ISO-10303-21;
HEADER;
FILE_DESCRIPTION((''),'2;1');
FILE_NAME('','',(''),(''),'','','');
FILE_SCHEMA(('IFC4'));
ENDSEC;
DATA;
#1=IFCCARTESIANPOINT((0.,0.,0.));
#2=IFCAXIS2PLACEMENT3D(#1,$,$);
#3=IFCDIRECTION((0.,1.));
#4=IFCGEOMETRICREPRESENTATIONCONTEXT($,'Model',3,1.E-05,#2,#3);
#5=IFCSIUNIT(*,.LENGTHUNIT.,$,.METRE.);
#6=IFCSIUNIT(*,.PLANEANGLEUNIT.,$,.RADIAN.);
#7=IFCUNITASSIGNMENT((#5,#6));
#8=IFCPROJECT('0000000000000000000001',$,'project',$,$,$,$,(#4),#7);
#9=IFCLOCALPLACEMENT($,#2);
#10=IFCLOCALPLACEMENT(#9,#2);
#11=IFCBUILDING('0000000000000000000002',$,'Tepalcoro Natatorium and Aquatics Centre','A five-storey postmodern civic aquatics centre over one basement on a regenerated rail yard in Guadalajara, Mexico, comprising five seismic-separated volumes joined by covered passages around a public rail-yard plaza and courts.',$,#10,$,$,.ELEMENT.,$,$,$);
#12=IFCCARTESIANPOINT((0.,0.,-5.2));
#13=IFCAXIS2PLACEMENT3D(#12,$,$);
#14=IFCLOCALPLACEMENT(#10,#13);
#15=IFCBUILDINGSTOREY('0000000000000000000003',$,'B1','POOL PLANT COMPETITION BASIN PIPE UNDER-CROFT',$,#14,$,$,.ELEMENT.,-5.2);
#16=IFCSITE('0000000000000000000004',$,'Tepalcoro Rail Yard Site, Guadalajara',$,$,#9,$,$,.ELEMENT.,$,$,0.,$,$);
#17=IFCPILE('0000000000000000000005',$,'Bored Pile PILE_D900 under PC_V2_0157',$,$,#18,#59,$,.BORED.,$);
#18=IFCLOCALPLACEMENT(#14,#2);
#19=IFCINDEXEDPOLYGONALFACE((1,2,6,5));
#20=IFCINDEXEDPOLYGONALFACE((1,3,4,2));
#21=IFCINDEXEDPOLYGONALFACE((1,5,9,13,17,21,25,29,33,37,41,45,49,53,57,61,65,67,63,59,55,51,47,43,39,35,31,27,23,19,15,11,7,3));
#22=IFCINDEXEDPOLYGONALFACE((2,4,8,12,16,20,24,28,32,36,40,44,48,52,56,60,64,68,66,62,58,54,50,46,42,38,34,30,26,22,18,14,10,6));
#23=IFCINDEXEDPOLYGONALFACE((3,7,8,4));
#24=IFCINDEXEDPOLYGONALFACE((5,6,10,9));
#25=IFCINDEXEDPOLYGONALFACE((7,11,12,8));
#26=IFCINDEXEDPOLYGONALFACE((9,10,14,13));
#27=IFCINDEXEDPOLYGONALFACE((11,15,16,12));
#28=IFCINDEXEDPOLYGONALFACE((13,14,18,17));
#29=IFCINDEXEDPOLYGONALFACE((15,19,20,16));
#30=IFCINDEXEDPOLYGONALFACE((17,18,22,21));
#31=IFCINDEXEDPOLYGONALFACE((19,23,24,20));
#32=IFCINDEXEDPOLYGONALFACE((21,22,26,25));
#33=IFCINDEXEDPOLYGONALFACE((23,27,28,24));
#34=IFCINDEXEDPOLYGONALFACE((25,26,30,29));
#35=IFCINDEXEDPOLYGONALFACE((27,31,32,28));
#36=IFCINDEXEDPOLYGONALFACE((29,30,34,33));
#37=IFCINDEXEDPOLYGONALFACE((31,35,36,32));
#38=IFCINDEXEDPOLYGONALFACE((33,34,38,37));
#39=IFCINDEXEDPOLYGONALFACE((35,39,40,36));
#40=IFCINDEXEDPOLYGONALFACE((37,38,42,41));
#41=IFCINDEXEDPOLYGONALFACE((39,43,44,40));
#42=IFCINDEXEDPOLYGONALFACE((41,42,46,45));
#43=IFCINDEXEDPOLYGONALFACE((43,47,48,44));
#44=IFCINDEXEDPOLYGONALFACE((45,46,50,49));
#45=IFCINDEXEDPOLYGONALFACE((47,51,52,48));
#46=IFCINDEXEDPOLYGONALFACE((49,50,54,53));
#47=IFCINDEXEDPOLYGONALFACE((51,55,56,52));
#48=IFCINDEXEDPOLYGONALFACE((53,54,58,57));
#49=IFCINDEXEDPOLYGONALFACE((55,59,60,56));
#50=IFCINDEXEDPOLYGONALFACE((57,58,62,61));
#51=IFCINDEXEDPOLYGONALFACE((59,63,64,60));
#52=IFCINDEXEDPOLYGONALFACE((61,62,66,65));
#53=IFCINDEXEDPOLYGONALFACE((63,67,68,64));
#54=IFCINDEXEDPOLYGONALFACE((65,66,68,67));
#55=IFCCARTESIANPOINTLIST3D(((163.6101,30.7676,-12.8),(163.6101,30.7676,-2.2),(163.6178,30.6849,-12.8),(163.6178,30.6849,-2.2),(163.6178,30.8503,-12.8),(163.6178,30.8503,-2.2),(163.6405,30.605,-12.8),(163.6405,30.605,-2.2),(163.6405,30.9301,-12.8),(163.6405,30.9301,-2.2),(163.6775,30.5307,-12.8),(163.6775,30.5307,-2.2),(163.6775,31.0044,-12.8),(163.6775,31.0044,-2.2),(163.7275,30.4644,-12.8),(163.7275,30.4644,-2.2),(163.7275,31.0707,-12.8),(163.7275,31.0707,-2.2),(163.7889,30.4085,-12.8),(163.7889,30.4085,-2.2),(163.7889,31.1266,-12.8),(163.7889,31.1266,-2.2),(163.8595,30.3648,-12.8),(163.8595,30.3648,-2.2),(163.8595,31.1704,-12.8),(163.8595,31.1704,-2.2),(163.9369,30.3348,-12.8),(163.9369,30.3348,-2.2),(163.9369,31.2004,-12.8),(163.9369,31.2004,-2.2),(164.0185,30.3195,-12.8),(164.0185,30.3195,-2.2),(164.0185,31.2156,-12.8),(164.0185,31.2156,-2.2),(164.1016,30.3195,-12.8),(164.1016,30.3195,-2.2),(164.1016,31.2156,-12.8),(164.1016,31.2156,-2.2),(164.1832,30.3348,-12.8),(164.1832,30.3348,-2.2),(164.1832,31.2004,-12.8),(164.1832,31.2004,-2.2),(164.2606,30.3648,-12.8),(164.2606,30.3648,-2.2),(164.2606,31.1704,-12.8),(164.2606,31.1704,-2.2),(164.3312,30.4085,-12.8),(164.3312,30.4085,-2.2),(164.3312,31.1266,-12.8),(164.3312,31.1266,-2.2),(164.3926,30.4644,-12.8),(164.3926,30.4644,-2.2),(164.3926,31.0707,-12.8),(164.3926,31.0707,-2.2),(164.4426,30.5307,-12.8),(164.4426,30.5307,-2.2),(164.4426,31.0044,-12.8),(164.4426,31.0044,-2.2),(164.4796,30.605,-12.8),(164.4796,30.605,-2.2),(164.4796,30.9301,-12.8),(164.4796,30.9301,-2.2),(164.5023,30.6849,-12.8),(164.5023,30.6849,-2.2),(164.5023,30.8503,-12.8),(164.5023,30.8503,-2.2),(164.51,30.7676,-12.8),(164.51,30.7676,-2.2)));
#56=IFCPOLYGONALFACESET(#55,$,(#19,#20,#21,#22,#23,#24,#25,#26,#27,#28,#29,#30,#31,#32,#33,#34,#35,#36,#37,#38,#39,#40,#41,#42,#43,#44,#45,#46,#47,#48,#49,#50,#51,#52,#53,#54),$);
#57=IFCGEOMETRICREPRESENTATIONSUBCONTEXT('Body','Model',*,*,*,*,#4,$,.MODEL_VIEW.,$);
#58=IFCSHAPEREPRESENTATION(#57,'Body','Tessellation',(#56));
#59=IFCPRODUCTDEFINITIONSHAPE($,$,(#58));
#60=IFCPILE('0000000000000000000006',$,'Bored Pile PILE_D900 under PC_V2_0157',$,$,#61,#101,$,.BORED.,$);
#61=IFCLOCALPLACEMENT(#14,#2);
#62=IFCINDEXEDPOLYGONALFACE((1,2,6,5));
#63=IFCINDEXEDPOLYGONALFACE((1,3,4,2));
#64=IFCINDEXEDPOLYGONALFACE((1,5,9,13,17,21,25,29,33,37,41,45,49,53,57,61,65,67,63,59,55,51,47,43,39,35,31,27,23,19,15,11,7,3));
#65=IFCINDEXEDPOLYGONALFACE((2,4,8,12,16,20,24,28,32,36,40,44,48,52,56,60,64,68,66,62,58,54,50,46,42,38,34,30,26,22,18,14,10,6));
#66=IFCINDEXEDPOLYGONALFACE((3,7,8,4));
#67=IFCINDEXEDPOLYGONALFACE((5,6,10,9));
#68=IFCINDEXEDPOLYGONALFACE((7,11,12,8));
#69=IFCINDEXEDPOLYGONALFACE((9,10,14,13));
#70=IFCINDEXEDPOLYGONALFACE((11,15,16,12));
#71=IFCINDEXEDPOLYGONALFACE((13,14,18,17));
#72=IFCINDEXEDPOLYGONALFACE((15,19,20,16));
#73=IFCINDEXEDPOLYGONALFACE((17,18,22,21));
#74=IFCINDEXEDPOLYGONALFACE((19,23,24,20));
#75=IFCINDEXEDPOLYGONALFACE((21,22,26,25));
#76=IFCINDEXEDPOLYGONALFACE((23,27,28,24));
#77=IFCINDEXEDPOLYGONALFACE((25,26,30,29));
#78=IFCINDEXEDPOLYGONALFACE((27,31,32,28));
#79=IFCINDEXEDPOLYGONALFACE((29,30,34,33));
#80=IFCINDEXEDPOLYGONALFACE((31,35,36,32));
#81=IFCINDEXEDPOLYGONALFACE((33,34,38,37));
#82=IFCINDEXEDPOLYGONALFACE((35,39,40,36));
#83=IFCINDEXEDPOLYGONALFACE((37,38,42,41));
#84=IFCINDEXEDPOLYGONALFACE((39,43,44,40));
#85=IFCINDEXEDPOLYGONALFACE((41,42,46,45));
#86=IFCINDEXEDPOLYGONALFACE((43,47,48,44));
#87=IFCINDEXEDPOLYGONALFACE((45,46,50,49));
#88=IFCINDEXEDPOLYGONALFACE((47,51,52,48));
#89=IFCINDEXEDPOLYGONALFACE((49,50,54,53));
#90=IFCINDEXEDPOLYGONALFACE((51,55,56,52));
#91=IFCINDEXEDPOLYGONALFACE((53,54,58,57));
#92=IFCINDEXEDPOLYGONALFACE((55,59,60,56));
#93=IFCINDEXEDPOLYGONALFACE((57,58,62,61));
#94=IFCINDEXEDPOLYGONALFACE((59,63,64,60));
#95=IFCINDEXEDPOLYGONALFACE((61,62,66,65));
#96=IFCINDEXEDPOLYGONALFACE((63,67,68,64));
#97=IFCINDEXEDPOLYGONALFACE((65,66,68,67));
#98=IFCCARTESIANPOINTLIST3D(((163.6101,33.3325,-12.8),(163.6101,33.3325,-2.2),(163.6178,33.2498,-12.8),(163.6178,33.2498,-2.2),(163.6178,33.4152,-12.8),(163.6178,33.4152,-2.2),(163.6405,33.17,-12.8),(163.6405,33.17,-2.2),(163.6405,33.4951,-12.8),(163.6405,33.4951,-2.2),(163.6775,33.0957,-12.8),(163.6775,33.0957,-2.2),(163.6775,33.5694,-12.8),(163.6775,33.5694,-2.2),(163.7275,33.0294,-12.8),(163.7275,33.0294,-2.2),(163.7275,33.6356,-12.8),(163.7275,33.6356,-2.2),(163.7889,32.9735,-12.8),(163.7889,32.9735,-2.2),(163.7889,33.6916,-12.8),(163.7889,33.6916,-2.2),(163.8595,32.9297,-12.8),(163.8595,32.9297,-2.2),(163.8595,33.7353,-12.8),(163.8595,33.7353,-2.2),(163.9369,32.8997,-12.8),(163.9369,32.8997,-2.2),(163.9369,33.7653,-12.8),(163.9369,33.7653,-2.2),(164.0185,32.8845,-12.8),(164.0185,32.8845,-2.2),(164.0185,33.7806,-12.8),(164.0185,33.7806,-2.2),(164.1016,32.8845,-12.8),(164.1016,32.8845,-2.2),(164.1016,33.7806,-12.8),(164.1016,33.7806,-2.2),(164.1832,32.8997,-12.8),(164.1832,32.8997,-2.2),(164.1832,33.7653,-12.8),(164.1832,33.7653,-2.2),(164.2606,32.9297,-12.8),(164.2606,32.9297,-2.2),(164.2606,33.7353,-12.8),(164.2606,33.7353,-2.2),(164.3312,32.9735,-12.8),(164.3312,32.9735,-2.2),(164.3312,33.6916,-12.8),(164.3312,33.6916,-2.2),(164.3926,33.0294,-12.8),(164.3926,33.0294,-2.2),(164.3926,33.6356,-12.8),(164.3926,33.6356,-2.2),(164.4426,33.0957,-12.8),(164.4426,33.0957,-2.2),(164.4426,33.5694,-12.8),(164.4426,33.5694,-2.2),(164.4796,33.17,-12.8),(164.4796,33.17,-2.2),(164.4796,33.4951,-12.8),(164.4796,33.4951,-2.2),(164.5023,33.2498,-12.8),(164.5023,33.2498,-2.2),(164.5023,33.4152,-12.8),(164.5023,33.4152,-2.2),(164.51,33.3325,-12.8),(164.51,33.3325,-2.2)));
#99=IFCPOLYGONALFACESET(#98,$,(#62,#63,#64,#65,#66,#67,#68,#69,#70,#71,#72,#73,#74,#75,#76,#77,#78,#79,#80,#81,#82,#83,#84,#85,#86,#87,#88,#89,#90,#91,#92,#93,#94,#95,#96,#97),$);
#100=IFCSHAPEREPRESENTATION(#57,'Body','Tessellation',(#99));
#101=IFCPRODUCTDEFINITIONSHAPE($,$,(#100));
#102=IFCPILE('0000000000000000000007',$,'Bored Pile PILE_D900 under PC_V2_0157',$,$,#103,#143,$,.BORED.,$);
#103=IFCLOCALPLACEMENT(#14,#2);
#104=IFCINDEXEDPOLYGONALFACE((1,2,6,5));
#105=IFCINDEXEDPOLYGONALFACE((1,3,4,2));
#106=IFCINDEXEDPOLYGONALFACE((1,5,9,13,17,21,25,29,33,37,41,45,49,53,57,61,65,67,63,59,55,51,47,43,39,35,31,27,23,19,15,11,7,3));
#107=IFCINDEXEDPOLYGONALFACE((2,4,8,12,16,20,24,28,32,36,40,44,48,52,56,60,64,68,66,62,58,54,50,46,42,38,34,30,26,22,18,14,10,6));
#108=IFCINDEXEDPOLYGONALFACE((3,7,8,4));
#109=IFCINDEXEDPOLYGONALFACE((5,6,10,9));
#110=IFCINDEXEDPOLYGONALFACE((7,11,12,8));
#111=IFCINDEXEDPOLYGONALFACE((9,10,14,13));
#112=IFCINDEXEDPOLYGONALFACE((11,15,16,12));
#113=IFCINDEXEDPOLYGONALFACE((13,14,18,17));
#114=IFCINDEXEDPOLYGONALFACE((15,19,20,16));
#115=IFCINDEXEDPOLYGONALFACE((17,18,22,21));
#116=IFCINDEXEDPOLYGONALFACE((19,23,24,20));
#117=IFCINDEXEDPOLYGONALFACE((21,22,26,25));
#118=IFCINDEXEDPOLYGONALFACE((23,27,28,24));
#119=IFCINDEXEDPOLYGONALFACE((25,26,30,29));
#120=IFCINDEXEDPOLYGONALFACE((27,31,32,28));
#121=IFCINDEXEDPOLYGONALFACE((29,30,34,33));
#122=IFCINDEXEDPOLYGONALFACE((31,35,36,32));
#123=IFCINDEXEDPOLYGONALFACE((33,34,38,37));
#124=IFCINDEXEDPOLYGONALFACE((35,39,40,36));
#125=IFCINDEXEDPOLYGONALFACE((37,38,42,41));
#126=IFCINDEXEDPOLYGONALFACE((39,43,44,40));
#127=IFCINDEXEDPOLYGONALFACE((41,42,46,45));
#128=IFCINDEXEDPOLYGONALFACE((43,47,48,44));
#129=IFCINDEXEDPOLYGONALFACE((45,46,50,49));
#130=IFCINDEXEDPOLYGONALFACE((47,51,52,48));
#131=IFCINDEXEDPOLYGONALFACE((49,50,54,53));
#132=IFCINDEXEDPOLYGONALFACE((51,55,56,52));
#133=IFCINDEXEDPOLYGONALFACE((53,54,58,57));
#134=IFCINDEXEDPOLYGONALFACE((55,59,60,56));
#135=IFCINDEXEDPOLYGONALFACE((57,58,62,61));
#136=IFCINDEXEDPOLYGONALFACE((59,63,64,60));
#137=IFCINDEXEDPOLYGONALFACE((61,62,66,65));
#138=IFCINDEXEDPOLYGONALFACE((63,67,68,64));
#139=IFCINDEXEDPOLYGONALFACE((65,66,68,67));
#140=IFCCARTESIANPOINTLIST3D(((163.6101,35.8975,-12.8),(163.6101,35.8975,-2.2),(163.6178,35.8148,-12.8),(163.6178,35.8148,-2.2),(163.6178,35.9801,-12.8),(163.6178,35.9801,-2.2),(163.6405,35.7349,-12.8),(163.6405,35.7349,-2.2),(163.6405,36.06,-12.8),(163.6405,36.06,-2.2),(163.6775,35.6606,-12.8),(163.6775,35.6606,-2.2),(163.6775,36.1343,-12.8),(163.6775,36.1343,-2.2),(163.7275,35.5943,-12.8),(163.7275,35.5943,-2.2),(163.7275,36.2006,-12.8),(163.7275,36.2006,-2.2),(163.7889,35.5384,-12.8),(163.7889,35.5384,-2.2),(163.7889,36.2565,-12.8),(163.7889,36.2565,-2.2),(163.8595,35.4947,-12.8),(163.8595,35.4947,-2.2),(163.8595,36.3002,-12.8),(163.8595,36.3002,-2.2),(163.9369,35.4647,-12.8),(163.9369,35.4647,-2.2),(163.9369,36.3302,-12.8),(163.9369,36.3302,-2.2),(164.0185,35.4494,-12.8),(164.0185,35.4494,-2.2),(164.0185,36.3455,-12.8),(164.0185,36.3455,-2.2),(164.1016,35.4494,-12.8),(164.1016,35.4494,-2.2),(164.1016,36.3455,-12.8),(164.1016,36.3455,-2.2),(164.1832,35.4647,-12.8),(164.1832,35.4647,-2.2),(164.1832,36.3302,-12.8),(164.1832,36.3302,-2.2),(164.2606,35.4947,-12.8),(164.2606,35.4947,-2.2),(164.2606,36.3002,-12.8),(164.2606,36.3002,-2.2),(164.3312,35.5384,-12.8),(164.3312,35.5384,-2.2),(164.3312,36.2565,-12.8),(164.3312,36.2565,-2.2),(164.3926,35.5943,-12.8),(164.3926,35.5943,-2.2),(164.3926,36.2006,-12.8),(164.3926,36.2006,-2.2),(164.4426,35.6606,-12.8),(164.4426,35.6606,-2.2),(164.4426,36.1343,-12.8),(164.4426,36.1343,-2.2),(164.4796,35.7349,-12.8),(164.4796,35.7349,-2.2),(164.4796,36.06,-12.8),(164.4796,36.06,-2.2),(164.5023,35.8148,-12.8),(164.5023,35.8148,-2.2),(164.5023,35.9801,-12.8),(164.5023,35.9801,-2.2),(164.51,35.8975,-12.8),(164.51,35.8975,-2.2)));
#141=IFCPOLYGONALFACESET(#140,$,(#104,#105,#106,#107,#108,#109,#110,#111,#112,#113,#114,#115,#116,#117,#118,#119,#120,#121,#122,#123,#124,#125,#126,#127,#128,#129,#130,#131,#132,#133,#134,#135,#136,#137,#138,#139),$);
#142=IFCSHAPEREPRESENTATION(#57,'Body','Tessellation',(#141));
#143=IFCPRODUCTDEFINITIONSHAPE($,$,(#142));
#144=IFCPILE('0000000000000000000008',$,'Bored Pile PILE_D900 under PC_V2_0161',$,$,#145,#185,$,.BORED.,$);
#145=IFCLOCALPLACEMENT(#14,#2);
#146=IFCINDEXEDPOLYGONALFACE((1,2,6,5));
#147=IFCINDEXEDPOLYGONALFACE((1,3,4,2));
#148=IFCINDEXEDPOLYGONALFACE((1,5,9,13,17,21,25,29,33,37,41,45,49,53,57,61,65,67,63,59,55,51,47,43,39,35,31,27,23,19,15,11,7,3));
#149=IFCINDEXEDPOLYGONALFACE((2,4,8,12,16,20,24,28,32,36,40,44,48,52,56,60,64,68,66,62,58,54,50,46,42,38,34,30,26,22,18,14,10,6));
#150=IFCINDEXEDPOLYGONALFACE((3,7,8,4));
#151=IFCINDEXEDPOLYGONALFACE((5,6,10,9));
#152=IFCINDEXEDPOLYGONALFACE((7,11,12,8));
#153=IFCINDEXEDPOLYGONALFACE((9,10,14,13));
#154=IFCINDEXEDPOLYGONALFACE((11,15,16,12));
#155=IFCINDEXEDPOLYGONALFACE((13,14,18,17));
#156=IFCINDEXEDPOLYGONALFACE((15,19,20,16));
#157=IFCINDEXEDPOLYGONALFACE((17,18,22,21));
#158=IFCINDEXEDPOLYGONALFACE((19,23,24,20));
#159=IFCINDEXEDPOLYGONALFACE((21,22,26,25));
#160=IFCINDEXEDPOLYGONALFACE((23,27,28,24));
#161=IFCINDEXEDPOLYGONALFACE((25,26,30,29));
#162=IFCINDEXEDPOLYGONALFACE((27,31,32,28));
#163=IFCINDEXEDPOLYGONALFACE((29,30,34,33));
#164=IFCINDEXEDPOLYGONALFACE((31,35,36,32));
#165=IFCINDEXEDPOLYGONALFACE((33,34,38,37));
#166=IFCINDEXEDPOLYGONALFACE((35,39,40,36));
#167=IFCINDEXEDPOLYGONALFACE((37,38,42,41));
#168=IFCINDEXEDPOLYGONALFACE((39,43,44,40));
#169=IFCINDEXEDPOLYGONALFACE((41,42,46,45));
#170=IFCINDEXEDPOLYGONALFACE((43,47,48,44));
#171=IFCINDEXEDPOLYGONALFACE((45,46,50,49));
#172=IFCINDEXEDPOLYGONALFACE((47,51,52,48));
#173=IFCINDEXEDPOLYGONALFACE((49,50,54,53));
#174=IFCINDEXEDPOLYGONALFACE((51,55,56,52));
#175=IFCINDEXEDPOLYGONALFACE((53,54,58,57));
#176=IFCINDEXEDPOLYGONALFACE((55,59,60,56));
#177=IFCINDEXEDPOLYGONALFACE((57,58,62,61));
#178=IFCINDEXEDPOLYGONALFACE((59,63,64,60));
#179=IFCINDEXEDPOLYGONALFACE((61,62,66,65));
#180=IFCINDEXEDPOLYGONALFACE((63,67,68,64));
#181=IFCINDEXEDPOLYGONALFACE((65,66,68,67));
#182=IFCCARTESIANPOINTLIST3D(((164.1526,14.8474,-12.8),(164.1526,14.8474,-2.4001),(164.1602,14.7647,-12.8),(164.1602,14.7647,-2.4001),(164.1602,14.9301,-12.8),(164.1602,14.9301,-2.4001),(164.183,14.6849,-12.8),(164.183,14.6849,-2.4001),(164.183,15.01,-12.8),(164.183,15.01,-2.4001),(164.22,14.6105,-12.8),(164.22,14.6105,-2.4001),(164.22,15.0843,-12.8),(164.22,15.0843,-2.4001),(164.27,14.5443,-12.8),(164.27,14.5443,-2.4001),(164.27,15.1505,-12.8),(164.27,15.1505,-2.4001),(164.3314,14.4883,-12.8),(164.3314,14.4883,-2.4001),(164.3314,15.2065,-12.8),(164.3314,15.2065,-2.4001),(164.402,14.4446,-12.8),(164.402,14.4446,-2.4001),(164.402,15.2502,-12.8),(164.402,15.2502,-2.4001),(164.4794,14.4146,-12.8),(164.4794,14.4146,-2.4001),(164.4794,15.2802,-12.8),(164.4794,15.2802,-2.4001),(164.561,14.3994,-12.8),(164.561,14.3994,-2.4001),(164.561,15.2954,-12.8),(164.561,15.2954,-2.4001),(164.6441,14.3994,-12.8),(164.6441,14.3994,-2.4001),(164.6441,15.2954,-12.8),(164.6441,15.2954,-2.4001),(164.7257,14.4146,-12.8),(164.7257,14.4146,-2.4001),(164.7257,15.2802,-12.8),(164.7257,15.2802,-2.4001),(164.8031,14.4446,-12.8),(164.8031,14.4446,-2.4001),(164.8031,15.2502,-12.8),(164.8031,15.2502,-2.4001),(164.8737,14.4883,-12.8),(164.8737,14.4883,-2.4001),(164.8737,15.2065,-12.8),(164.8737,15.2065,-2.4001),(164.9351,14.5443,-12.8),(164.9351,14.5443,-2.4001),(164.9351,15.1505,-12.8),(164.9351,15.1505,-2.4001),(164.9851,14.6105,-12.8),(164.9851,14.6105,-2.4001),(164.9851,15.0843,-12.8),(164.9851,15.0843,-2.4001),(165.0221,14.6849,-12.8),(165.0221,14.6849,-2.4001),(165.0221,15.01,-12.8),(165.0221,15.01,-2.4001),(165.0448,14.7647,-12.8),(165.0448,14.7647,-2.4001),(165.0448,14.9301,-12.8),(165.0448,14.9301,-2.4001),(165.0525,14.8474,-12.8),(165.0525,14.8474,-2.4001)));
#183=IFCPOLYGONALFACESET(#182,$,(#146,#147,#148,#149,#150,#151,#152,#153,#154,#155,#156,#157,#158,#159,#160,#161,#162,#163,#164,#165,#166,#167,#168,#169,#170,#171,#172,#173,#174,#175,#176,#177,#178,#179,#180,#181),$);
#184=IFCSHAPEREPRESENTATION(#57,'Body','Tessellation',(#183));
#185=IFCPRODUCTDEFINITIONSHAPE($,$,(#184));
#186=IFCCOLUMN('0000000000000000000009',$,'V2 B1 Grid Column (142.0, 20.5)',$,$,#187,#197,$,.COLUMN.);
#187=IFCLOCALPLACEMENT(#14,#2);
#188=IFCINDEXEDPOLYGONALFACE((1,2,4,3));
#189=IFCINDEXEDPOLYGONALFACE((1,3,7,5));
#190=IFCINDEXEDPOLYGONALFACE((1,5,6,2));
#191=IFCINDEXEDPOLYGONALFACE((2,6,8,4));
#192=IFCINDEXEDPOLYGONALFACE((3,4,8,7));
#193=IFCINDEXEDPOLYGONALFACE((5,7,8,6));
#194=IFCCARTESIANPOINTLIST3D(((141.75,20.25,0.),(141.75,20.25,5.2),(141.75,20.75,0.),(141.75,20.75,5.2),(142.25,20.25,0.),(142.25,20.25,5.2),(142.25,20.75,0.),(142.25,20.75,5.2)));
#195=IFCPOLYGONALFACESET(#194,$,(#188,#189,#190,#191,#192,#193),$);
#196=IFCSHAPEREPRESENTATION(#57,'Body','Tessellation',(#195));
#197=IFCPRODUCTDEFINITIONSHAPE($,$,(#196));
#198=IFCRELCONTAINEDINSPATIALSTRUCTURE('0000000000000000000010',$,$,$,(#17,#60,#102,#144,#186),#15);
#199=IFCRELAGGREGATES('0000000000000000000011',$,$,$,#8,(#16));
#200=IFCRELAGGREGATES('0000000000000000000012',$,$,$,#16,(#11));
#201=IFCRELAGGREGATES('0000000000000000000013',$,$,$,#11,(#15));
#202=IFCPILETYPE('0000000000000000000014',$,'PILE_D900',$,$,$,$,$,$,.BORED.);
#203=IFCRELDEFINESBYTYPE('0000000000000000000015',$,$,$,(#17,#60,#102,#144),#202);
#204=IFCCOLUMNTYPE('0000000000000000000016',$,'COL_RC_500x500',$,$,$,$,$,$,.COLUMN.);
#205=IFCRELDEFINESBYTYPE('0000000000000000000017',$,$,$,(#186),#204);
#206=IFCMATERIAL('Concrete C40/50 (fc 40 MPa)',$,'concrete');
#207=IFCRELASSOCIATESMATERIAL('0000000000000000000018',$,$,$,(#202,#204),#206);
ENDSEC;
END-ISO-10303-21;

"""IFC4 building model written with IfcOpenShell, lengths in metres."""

from ifc_helpers import new_model, si_unit, direction, frame, origin, origin_2d, place, context, subcontext, project, spatial, rectangle, circle, extrude, material, material_profile, profile_set, type_object, element, save


model = new_model("IFC4")

# Units and contexts
model_context = context("Model", 3, precision=1e-05, world=origin(), true_north=direction((0.0, 1.0)))
body_context = subcontext(model_context, "Body", "Model", "MODEL_VIEW")
ifc_project = project(units=[si_unit("LENGTHUNIT", "METRE"), si_unit("PLANEANGLEUNIT", "RADIAN")], contexts=[model_context])

# Site, building, storey
site_placement = place(None, origin())
site = spatial("IfcSite", under=ifc_project, at=site_placement, Name="Tepalcoro Rail Yard Site, Guadalajara", CompositionType="ELEMENT", RefElevation=0.0)
building_placement = place(site_placement, origin())
building = spatial("IfcBuilding", under=site, at=building_placement, Name="Tepalcoro Natatorium and Aquatics Centre", Description="A five-storey postmodern civic aquatics centre over one basement on a regenerated rail yard in Guadalajara, Mexico, comprising five seismic-separated volumes joined by covered passages around a public rail-yard plaza and courts.", CompositionType="ELEMENT")
storey_placement = place(building_placement, frame((0.0, 0.0, -5.2)))
storey = spatial("IfcBuildingStorey", under=building, at=storey_placement, Name="B1", Description="POOL PLANT COMPETITION BASIN PIPE UNDER-CROFT", CompositionType="ELEMENT", Elevation=-5.2)

# Piles
ifc_material_1 = material(Name="Concrete C40/50 (fc 40 MPa)", Category="concrete")
ifc_material_profile_1 = material_profile(ifc_material_1, circle(Radius=0.45, at=origin_2d()), Name="PILE_D900")
ifc_profile_set_1 = profile_set([ifc_material_profile_1], Name="Concrete C40/50 (fc 40 MPa)")
pile_type_1 = type_object("IfcPileType", Name="PILE_D900", PredefinedType="BORED", material=ifc_profile_set_1)
for number, where, z_axis, x_axis, name in (
    (1, (164.0601, 30.7676, -2.2), (0.0, 0.0, -1.0), (1.0, 0.0, 0.0), "Bored Pile PILE_D900 under PC_V2_0157"),
    (2, (164.0601, 33.3325, -2.2), (0.0, 0.0, -1.0), (1.0, 0.0, 0.0), "Bored Pile PILE_D900 under PC_V2_0157"),
    (3, (164.0601, 35.8975, -2.2), (0.0, 0.0, -1.0), (1.0, 0.0, 0.0), "Bored Pile PILE_D900 under PC_V2_0157"),
):
    element("IfcPile", number, at=place(storey_placement, frame(where, z_axis=z_axis, x_axis=x_axis)), inside=storey, type_object=pile_type_1, Name=name, PredefinedType="BORED", context=body_context, shape_type="SweptSolid", body=[
        extrude(circle(Radius=0.45, at=origin_2d()), origin(), (0.0, 0.0, 1.0), 10.6001),
    ])
pile_1_placement = place(storey_placement, frame((164.6025, 14.8474, -2.4001), z_axis=(0.0, 0.0, -1.0), x_axis=(1.0, 0.0, 0.0)))
element("IfcPile", 4, at=pile_1_placement, inside=storey, type_object=pile_type_1, Name="Bored Pile PILE_D900 under PC_V2_0161", PredefinedType="BORED", context=body_context, shape_type="SweptSolid", body=[
    extrude(circle(Radius=0.45, at=origin_2d()), origin(), (0.0, 0.0, 1.0), 10.3999),
])

# Column
ifc_material_profile_2 = material_profile(ifc_material_1, rectangle(XDim=0.5, YDim=0.5, at=origin_2d()), Name="RC500x500")
ifc_profile_set_2 = profile_set([ifc_material_profile_2], Name="Concrete C40/50 (fc 40 MPa)")
column_type_1 = type_object("IfcColumnType", Name="COL_RC_500x500", PredefinedType="COLUMN", material=ifc_profile_set_2)
column_1_placement = place(storey_placement, frame((142.0, 20.5, 0.0), z_axis=(0.0, 0.0, 1.0), x_axis=(1.0, 0.0, 0.0)))
element("IfcColumn", 5, at=column_1_placement, inside=storey, type_object=column_type_1, Name="V2 B1 Grid Column (142.0, 20.5)", PredefinedType="COLUMN", context=body_context, shape_type="SweptSolid", body=[
    extrude(rectangle(XDim=0.5, YDim=0.5, at=origin_2d()), origin(), (0.0, 0.0, 1.0), 5.2),
])

save(model, "model.ifc")
